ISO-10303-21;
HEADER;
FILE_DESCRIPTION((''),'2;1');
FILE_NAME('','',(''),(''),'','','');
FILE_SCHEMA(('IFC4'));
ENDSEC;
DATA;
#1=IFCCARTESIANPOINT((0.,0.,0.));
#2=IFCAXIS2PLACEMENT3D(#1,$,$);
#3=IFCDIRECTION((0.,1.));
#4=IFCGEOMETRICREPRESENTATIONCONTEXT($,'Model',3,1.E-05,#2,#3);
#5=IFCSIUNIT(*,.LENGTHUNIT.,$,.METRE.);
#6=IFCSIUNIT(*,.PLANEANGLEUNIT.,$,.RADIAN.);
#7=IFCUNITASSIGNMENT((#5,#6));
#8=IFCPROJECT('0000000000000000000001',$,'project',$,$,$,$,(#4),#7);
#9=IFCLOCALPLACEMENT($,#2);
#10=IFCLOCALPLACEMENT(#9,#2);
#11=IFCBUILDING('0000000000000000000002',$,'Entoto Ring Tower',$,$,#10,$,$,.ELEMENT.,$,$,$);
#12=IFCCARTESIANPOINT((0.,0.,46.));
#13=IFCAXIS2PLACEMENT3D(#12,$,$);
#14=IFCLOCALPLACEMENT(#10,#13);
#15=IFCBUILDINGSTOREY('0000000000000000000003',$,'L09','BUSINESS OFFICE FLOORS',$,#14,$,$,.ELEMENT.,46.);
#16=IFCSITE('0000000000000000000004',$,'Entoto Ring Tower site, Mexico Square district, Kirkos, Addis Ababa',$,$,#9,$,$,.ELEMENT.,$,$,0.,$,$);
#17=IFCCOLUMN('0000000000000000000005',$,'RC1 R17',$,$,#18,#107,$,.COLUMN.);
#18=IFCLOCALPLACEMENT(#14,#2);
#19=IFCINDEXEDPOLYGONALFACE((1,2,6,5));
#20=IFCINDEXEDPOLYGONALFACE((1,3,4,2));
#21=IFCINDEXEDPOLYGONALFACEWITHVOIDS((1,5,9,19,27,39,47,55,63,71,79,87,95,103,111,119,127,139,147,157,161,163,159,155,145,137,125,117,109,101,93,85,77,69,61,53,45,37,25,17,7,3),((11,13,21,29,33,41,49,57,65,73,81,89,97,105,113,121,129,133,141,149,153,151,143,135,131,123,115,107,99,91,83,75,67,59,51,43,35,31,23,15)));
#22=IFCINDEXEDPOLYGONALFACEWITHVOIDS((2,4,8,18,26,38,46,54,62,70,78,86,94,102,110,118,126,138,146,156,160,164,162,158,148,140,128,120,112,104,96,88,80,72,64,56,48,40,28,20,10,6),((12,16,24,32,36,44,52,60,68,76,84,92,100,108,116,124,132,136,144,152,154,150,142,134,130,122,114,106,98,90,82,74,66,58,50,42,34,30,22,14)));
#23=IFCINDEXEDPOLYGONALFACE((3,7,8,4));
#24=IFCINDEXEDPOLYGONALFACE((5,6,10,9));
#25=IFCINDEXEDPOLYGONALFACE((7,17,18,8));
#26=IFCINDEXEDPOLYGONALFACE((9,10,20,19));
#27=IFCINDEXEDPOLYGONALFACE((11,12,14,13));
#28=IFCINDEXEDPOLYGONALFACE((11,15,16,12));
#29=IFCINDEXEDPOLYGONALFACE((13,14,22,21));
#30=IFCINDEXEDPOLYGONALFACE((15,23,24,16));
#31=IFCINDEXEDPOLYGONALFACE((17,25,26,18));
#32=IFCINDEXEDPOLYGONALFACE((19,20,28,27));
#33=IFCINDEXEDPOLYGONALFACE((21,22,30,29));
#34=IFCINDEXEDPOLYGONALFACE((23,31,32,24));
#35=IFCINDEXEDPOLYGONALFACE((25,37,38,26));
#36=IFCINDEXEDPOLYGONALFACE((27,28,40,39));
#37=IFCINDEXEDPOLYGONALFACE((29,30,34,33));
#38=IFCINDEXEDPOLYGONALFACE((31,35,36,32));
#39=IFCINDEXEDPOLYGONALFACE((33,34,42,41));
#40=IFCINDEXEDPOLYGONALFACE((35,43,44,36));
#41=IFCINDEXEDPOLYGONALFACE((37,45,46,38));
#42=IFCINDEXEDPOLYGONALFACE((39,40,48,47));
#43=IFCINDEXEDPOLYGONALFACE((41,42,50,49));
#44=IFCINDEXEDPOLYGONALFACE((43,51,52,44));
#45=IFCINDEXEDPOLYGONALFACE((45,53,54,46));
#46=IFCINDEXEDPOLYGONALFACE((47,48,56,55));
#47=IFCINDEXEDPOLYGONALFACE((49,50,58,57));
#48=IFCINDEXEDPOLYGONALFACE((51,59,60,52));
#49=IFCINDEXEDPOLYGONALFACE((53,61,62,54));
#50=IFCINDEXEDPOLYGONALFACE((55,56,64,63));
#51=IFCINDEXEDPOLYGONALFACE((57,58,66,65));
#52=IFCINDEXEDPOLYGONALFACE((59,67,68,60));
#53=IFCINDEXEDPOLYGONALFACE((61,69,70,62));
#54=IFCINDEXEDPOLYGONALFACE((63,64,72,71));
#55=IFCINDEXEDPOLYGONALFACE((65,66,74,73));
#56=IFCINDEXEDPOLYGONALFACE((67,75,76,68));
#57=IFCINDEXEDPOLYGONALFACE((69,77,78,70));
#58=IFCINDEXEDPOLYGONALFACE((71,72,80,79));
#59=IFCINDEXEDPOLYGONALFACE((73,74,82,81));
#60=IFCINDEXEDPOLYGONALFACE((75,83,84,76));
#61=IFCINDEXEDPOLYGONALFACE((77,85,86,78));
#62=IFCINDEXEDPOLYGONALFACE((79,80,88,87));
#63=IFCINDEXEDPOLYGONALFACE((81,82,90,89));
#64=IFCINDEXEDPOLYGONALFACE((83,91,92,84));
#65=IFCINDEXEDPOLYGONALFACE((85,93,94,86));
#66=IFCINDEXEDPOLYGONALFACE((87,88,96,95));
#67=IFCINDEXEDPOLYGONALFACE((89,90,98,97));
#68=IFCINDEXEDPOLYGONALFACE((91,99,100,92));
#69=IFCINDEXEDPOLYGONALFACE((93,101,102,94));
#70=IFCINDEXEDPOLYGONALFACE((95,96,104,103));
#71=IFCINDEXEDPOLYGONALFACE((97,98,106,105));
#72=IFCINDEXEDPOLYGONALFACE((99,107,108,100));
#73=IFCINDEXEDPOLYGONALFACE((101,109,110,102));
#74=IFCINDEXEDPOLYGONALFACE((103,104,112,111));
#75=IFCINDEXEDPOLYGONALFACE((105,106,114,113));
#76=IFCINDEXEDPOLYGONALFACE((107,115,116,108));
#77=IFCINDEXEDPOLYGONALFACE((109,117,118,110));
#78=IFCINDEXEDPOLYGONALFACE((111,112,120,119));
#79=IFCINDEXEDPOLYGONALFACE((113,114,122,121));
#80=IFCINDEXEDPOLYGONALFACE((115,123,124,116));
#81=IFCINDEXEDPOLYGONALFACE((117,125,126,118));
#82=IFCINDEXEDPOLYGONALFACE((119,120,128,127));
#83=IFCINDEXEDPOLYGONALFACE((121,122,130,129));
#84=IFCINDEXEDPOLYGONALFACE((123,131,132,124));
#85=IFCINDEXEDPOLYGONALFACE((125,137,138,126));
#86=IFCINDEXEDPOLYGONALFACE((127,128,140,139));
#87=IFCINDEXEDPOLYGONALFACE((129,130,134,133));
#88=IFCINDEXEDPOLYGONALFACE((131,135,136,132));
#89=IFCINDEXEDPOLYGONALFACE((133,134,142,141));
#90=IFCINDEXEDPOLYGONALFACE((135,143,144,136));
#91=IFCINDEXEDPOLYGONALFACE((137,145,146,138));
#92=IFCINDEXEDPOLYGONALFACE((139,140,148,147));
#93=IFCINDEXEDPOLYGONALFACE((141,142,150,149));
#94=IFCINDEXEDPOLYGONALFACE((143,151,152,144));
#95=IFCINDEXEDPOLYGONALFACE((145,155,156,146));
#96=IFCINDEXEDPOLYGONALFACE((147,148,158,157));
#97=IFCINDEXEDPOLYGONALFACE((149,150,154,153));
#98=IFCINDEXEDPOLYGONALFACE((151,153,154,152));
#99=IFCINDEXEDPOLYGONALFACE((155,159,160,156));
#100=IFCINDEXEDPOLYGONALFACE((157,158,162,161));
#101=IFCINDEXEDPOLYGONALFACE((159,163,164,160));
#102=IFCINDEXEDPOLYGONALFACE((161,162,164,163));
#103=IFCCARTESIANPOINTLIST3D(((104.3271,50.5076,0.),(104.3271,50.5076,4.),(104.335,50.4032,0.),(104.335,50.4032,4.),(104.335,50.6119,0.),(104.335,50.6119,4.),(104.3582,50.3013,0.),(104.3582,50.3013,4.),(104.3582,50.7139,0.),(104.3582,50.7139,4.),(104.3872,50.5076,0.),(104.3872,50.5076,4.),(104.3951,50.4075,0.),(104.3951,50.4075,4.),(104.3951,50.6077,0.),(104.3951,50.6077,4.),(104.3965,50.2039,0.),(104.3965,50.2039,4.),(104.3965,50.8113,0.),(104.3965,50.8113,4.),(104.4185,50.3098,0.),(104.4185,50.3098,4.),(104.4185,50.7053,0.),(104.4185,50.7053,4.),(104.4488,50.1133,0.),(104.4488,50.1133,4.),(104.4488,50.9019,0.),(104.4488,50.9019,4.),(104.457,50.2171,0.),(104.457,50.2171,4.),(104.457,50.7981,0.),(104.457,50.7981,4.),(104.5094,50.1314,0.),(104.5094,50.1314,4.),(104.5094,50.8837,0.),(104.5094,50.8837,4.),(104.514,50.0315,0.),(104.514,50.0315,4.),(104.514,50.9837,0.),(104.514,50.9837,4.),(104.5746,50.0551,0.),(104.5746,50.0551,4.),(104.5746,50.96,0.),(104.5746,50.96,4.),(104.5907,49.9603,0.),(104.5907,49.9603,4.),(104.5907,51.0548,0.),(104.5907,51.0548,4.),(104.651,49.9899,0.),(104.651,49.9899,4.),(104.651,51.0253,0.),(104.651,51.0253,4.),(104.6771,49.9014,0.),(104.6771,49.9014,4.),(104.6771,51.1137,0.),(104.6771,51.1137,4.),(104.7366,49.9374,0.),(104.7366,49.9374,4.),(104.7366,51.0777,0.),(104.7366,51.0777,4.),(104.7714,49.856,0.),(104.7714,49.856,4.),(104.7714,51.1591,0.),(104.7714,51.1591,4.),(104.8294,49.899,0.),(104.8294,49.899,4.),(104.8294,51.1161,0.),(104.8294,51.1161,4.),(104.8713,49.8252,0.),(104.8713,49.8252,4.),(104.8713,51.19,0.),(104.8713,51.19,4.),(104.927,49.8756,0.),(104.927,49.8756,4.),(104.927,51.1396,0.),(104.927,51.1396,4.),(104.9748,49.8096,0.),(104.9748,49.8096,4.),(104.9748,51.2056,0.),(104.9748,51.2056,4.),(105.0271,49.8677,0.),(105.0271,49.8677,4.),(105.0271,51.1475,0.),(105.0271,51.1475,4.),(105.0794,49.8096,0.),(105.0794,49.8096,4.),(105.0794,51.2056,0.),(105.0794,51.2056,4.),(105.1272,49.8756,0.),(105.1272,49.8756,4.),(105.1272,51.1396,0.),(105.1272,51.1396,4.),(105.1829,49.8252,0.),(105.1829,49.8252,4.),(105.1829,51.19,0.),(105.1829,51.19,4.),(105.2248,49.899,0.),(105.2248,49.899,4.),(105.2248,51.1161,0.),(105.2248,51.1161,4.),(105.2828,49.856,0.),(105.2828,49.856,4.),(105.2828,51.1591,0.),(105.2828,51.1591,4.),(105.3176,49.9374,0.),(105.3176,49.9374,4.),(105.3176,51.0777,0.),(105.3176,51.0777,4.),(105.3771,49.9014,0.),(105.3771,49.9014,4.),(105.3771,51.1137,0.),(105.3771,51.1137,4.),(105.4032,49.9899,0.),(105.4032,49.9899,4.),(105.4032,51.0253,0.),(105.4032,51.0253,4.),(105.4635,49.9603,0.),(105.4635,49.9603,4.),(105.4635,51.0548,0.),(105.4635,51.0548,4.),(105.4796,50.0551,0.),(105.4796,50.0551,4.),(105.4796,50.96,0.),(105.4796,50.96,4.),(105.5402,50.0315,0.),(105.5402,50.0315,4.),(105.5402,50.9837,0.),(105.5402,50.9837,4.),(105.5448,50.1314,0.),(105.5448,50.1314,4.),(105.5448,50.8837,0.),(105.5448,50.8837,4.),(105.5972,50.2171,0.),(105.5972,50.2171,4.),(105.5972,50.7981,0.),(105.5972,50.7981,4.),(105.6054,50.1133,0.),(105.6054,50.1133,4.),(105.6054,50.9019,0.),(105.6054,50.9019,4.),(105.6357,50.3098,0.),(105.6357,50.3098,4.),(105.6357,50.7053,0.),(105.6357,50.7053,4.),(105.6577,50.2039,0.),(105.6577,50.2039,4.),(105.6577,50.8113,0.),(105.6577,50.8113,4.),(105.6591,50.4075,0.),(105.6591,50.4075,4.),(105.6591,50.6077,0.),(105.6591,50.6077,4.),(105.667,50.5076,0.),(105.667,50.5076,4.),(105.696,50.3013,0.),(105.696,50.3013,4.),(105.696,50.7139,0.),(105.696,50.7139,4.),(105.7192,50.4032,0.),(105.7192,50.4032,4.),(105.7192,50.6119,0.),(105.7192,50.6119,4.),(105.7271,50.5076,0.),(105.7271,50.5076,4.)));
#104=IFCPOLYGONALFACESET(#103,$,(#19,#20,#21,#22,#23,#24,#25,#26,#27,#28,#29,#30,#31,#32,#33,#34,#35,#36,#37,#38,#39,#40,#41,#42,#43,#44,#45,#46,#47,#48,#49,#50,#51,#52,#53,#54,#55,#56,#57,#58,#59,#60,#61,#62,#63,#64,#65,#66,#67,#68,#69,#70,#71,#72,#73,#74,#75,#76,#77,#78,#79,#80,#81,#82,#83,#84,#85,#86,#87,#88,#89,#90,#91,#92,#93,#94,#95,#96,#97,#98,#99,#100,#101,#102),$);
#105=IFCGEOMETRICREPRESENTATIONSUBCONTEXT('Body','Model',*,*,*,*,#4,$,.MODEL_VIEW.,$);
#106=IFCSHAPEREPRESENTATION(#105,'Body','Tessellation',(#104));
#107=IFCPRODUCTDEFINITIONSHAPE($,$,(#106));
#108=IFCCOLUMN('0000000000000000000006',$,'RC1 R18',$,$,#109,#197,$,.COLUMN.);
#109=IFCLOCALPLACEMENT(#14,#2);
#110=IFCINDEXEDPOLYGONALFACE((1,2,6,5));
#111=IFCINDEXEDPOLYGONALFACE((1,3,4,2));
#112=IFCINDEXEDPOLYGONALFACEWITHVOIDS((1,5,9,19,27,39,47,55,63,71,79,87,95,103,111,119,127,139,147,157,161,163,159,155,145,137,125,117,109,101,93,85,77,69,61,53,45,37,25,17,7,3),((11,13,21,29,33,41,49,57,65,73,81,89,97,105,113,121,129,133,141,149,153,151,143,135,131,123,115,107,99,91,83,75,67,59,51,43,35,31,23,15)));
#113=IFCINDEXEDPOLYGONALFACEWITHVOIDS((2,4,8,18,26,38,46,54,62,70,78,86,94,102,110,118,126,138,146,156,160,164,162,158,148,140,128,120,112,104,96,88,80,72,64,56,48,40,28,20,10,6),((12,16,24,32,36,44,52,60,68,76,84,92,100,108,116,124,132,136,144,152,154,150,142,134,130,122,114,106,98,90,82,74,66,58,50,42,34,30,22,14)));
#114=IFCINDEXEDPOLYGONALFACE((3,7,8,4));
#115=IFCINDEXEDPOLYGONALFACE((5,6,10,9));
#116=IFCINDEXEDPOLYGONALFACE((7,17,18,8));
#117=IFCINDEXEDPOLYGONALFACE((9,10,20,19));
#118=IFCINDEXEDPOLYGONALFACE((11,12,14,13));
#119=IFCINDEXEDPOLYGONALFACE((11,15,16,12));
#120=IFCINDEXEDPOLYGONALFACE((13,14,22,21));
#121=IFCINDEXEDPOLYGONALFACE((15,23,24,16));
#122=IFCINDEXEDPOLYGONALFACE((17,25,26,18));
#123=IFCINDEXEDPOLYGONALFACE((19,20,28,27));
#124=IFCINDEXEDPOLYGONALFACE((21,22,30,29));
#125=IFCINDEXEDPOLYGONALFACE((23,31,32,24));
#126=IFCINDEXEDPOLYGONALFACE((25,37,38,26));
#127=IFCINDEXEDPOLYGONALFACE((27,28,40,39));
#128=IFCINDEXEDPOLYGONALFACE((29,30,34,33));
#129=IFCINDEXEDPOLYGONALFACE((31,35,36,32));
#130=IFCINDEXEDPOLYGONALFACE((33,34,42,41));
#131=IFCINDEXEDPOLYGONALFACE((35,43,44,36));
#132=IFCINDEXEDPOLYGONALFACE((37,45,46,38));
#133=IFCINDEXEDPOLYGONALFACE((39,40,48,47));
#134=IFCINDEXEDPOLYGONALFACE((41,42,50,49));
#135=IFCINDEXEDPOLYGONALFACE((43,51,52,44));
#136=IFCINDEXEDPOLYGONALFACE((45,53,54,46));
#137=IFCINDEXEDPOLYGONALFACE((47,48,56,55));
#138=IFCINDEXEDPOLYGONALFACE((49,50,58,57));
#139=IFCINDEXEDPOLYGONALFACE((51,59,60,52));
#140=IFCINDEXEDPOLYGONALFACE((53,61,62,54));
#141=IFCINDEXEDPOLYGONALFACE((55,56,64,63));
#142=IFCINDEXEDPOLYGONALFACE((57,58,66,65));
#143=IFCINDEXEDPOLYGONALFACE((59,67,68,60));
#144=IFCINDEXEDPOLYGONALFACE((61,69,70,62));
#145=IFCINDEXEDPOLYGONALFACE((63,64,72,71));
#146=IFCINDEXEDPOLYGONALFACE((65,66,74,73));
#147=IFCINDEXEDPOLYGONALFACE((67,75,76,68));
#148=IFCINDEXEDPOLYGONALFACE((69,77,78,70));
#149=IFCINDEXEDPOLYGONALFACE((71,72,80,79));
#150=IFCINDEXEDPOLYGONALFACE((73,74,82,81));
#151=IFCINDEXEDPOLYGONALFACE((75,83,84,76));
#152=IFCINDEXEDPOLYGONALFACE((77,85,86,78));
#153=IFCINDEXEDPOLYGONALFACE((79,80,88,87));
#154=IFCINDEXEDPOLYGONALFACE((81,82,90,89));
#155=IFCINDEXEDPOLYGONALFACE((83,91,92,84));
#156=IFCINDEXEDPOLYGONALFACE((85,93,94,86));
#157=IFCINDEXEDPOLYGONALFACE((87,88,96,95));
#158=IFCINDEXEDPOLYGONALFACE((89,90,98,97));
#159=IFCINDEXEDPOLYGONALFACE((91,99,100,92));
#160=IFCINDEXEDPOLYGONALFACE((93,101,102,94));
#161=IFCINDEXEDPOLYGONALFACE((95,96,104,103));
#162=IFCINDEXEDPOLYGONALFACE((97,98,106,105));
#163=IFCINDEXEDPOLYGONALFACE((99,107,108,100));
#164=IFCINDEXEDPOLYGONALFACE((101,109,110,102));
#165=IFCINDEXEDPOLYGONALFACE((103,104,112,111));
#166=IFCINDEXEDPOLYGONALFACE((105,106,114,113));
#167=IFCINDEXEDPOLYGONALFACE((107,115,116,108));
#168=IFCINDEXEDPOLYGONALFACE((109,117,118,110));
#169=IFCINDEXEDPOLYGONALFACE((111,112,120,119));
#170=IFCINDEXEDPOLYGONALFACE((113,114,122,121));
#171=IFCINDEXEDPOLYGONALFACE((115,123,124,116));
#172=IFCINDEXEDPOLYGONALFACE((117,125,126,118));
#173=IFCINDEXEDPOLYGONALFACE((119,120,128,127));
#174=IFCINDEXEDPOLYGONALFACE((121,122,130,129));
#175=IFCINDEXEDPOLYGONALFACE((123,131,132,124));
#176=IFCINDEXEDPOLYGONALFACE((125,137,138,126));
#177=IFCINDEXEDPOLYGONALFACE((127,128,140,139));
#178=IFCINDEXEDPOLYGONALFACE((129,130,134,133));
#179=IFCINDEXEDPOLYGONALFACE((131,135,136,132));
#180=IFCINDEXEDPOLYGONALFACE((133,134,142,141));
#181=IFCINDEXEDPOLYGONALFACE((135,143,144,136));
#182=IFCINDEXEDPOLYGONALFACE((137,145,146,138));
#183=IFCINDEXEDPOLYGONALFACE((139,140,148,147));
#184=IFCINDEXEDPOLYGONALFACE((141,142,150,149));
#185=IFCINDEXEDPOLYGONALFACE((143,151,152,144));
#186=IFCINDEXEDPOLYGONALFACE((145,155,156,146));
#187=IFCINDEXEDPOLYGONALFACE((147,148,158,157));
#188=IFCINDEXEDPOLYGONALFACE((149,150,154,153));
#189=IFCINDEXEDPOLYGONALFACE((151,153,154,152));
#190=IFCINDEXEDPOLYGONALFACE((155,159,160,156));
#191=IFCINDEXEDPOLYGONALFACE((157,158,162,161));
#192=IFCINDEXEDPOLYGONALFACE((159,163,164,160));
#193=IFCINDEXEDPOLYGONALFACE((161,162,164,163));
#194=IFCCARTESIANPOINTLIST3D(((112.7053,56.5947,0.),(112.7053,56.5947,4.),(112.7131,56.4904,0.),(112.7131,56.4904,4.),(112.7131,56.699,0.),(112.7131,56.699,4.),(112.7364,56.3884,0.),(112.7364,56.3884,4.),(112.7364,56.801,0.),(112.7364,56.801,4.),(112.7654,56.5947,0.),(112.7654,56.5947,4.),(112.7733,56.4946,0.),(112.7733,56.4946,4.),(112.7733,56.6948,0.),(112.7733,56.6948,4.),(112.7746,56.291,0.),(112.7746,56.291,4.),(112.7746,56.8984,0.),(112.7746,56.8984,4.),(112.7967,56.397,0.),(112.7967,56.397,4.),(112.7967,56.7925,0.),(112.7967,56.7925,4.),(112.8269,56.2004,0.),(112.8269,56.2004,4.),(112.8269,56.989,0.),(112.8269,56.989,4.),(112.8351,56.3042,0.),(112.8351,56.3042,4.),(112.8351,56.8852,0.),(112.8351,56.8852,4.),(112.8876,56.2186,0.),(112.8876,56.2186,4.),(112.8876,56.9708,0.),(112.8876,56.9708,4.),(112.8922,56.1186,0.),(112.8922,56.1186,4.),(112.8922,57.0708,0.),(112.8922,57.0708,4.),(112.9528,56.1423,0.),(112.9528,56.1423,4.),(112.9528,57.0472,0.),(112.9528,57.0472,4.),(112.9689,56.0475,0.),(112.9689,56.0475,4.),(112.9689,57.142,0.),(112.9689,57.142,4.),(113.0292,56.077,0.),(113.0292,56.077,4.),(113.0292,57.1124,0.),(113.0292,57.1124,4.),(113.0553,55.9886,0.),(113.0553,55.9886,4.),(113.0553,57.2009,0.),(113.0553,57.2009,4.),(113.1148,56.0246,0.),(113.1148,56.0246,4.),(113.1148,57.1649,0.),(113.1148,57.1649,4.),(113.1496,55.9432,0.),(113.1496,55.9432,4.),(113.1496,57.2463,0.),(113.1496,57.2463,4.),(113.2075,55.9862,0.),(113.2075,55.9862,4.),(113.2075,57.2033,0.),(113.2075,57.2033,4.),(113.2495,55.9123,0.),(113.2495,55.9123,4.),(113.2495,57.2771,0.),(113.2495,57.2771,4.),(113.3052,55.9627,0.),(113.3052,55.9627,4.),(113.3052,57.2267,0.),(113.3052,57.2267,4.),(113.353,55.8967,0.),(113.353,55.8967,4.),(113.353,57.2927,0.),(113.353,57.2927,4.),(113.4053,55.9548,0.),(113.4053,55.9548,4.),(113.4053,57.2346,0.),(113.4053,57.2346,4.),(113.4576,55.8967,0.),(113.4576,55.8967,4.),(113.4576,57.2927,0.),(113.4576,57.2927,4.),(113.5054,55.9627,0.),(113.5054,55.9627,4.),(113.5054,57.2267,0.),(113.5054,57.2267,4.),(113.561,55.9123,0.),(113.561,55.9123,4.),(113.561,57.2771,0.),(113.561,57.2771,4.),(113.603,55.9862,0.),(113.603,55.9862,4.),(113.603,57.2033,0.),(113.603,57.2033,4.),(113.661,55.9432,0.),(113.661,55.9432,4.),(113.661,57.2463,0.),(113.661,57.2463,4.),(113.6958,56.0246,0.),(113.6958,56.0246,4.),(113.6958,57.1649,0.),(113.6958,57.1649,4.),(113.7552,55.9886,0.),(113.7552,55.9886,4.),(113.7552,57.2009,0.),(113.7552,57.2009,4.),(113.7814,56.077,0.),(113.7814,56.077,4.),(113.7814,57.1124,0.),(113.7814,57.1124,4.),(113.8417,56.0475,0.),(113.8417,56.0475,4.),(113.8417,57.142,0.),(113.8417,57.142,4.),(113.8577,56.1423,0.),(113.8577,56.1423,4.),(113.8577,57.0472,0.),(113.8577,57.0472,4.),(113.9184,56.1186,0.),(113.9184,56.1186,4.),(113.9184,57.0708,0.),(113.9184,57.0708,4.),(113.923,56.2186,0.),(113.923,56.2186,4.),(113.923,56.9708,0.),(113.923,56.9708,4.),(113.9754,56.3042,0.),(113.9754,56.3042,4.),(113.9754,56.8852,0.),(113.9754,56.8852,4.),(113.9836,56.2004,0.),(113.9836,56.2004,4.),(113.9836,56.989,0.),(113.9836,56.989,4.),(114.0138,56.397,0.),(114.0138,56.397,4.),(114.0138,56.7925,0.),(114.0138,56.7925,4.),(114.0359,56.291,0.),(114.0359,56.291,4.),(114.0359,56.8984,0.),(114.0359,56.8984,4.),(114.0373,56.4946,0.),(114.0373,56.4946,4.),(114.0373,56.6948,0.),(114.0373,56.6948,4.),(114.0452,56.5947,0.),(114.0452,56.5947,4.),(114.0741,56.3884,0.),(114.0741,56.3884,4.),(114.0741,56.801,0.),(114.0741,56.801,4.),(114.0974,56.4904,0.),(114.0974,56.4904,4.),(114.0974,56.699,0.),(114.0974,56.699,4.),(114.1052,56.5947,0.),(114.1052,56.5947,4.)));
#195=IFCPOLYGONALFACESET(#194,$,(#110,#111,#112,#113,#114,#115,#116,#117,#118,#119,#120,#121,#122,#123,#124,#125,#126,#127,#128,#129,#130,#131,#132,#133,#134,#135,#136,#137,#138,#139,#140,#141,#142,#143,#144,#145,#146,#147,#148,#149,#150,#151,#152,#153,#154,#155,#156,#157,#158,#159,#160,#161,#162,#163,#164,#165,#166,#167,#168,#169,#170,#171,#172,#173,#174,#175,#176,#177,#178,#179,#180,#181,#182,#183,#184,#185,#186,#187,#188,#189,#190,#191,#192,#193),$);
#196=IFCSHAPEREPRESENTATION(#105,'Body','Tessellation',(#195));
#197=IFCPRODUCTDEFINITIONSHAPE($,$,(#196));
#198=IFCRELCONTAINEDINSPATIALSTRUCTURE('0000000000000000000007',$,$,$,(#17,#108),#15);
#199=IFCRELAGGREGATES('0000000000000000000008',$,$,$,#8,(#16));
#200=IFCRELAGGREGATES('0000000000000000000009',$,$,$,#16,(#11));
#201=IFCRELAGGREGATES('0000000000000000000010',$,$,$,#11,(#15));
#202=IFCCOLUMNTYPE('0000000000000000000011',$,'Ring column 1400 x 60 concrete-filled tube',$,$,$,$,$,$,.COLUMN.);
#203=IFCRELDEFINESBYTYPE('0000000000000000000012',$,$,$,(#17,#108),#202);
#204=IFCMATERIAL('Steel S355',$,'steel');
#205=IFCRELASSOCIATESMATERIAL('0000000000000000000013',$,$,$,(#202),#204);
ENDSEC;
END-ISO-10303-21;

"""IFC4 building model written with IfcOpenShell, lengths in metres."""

from ifc_helpers import new_model, si_unit, direction, frame, origin, origin_2d, place, context, subcontext, project, spatial, circle, hollow_circle, extrude, material, material_profile, profile_set, type_object, element, save


model = new_model("IFC4")

# Units and contexts
model_context = context("Model", 3, precision=1e-05, world=origin(), true_north=direction((0.0, 1.0)))
body_context = subcontext(model_context, "Body", "Model", "MODEL_VIEW")
ifc_project = project(units=[si_unit("LENGTHUNIT", "METRE"), si_unit("PLANEANGLEUNIT", "RADIAN")], contexts=[model_context])

# Site, building, storey
site_placement = place(None, origin())
site = spatial("IfcSite", under=ifc_project, at=site_placement, Name="Entoto Ring Tower site, Mexico Square district, Kirkos, Addis Ababa", CompositionType="ELEMENT", RefElevation=0.0)
building_placement = place(site_placement, origin())
building = spatial("IfcBuilding", under=site, at=building_placement, Name="Entoto Ring Tower", CompositionType="ELEMENT")
storey_placement = place(building_placement, frame((0.0, 0.0, 46.0)))
storey = spatial("IfcBuildingStorey", under=building, at=storey_placement, Name="L09", Description="BUSINESS OFFICE FLOORS", CompositionType="ELEMENT", Elevation=46.0)

# Columns
ifc_material_1 = material(Name="Steel S355", Category="steel")
ifc_material_profile_1 = material_profile(ifc_material_1, hollow_circle(Radius=0.7, WallThickness=0.0601, at=origin_2d()), Name="CHS 1400 x 60")
ifc_material_2 = material(Name="Concrete C60/75", Category="concrete")
ifc_material_profile_2 = material_profile(ifc_material_2, circle(Radius=0.6399, at=origin_2d()), Name="Concrete C60/75 infill")
ifc_profile_set_1 = profile_set([ifc_material_profile_1, ifc_material_profile_2], Name="Steel S355")
column_type = type_object("IfcColumnType", Name="Ring column 1400 x 60 concrete-filled tube", PredefinedType="COLUMN", material=ifc_profile_set_1)
for number, where, z_axis, x_axis, name in (
    (1, (105.0271, 50.5076, 0.0), (0.0, 0.0, 1.0), (1.0, 0.0, 0.0), "RC1 R17"),
    (2, (113.4053, 56.5947, 0.0), (0.0, 0.0, 1.0), (1.0, 0.0, 0.0), "RC1 R18"),
):
    element("IfcColumn", number, at=place(storey_placement, frame(where, z_axis=z_axis, x_axis=x_axis)), inside=storey, type_object=column_type, Name=name, PredefinedType="COLUMN", context=body_context, shape_type="SweptSolid", body=[
        extrude(hollow_circle(Radius=0.7, WallThickness=0.0601, at=origin_2d()), origin(), (0.0, 0.0, 1.0), 4.0),
    ])

save(model, "model.ifc")
